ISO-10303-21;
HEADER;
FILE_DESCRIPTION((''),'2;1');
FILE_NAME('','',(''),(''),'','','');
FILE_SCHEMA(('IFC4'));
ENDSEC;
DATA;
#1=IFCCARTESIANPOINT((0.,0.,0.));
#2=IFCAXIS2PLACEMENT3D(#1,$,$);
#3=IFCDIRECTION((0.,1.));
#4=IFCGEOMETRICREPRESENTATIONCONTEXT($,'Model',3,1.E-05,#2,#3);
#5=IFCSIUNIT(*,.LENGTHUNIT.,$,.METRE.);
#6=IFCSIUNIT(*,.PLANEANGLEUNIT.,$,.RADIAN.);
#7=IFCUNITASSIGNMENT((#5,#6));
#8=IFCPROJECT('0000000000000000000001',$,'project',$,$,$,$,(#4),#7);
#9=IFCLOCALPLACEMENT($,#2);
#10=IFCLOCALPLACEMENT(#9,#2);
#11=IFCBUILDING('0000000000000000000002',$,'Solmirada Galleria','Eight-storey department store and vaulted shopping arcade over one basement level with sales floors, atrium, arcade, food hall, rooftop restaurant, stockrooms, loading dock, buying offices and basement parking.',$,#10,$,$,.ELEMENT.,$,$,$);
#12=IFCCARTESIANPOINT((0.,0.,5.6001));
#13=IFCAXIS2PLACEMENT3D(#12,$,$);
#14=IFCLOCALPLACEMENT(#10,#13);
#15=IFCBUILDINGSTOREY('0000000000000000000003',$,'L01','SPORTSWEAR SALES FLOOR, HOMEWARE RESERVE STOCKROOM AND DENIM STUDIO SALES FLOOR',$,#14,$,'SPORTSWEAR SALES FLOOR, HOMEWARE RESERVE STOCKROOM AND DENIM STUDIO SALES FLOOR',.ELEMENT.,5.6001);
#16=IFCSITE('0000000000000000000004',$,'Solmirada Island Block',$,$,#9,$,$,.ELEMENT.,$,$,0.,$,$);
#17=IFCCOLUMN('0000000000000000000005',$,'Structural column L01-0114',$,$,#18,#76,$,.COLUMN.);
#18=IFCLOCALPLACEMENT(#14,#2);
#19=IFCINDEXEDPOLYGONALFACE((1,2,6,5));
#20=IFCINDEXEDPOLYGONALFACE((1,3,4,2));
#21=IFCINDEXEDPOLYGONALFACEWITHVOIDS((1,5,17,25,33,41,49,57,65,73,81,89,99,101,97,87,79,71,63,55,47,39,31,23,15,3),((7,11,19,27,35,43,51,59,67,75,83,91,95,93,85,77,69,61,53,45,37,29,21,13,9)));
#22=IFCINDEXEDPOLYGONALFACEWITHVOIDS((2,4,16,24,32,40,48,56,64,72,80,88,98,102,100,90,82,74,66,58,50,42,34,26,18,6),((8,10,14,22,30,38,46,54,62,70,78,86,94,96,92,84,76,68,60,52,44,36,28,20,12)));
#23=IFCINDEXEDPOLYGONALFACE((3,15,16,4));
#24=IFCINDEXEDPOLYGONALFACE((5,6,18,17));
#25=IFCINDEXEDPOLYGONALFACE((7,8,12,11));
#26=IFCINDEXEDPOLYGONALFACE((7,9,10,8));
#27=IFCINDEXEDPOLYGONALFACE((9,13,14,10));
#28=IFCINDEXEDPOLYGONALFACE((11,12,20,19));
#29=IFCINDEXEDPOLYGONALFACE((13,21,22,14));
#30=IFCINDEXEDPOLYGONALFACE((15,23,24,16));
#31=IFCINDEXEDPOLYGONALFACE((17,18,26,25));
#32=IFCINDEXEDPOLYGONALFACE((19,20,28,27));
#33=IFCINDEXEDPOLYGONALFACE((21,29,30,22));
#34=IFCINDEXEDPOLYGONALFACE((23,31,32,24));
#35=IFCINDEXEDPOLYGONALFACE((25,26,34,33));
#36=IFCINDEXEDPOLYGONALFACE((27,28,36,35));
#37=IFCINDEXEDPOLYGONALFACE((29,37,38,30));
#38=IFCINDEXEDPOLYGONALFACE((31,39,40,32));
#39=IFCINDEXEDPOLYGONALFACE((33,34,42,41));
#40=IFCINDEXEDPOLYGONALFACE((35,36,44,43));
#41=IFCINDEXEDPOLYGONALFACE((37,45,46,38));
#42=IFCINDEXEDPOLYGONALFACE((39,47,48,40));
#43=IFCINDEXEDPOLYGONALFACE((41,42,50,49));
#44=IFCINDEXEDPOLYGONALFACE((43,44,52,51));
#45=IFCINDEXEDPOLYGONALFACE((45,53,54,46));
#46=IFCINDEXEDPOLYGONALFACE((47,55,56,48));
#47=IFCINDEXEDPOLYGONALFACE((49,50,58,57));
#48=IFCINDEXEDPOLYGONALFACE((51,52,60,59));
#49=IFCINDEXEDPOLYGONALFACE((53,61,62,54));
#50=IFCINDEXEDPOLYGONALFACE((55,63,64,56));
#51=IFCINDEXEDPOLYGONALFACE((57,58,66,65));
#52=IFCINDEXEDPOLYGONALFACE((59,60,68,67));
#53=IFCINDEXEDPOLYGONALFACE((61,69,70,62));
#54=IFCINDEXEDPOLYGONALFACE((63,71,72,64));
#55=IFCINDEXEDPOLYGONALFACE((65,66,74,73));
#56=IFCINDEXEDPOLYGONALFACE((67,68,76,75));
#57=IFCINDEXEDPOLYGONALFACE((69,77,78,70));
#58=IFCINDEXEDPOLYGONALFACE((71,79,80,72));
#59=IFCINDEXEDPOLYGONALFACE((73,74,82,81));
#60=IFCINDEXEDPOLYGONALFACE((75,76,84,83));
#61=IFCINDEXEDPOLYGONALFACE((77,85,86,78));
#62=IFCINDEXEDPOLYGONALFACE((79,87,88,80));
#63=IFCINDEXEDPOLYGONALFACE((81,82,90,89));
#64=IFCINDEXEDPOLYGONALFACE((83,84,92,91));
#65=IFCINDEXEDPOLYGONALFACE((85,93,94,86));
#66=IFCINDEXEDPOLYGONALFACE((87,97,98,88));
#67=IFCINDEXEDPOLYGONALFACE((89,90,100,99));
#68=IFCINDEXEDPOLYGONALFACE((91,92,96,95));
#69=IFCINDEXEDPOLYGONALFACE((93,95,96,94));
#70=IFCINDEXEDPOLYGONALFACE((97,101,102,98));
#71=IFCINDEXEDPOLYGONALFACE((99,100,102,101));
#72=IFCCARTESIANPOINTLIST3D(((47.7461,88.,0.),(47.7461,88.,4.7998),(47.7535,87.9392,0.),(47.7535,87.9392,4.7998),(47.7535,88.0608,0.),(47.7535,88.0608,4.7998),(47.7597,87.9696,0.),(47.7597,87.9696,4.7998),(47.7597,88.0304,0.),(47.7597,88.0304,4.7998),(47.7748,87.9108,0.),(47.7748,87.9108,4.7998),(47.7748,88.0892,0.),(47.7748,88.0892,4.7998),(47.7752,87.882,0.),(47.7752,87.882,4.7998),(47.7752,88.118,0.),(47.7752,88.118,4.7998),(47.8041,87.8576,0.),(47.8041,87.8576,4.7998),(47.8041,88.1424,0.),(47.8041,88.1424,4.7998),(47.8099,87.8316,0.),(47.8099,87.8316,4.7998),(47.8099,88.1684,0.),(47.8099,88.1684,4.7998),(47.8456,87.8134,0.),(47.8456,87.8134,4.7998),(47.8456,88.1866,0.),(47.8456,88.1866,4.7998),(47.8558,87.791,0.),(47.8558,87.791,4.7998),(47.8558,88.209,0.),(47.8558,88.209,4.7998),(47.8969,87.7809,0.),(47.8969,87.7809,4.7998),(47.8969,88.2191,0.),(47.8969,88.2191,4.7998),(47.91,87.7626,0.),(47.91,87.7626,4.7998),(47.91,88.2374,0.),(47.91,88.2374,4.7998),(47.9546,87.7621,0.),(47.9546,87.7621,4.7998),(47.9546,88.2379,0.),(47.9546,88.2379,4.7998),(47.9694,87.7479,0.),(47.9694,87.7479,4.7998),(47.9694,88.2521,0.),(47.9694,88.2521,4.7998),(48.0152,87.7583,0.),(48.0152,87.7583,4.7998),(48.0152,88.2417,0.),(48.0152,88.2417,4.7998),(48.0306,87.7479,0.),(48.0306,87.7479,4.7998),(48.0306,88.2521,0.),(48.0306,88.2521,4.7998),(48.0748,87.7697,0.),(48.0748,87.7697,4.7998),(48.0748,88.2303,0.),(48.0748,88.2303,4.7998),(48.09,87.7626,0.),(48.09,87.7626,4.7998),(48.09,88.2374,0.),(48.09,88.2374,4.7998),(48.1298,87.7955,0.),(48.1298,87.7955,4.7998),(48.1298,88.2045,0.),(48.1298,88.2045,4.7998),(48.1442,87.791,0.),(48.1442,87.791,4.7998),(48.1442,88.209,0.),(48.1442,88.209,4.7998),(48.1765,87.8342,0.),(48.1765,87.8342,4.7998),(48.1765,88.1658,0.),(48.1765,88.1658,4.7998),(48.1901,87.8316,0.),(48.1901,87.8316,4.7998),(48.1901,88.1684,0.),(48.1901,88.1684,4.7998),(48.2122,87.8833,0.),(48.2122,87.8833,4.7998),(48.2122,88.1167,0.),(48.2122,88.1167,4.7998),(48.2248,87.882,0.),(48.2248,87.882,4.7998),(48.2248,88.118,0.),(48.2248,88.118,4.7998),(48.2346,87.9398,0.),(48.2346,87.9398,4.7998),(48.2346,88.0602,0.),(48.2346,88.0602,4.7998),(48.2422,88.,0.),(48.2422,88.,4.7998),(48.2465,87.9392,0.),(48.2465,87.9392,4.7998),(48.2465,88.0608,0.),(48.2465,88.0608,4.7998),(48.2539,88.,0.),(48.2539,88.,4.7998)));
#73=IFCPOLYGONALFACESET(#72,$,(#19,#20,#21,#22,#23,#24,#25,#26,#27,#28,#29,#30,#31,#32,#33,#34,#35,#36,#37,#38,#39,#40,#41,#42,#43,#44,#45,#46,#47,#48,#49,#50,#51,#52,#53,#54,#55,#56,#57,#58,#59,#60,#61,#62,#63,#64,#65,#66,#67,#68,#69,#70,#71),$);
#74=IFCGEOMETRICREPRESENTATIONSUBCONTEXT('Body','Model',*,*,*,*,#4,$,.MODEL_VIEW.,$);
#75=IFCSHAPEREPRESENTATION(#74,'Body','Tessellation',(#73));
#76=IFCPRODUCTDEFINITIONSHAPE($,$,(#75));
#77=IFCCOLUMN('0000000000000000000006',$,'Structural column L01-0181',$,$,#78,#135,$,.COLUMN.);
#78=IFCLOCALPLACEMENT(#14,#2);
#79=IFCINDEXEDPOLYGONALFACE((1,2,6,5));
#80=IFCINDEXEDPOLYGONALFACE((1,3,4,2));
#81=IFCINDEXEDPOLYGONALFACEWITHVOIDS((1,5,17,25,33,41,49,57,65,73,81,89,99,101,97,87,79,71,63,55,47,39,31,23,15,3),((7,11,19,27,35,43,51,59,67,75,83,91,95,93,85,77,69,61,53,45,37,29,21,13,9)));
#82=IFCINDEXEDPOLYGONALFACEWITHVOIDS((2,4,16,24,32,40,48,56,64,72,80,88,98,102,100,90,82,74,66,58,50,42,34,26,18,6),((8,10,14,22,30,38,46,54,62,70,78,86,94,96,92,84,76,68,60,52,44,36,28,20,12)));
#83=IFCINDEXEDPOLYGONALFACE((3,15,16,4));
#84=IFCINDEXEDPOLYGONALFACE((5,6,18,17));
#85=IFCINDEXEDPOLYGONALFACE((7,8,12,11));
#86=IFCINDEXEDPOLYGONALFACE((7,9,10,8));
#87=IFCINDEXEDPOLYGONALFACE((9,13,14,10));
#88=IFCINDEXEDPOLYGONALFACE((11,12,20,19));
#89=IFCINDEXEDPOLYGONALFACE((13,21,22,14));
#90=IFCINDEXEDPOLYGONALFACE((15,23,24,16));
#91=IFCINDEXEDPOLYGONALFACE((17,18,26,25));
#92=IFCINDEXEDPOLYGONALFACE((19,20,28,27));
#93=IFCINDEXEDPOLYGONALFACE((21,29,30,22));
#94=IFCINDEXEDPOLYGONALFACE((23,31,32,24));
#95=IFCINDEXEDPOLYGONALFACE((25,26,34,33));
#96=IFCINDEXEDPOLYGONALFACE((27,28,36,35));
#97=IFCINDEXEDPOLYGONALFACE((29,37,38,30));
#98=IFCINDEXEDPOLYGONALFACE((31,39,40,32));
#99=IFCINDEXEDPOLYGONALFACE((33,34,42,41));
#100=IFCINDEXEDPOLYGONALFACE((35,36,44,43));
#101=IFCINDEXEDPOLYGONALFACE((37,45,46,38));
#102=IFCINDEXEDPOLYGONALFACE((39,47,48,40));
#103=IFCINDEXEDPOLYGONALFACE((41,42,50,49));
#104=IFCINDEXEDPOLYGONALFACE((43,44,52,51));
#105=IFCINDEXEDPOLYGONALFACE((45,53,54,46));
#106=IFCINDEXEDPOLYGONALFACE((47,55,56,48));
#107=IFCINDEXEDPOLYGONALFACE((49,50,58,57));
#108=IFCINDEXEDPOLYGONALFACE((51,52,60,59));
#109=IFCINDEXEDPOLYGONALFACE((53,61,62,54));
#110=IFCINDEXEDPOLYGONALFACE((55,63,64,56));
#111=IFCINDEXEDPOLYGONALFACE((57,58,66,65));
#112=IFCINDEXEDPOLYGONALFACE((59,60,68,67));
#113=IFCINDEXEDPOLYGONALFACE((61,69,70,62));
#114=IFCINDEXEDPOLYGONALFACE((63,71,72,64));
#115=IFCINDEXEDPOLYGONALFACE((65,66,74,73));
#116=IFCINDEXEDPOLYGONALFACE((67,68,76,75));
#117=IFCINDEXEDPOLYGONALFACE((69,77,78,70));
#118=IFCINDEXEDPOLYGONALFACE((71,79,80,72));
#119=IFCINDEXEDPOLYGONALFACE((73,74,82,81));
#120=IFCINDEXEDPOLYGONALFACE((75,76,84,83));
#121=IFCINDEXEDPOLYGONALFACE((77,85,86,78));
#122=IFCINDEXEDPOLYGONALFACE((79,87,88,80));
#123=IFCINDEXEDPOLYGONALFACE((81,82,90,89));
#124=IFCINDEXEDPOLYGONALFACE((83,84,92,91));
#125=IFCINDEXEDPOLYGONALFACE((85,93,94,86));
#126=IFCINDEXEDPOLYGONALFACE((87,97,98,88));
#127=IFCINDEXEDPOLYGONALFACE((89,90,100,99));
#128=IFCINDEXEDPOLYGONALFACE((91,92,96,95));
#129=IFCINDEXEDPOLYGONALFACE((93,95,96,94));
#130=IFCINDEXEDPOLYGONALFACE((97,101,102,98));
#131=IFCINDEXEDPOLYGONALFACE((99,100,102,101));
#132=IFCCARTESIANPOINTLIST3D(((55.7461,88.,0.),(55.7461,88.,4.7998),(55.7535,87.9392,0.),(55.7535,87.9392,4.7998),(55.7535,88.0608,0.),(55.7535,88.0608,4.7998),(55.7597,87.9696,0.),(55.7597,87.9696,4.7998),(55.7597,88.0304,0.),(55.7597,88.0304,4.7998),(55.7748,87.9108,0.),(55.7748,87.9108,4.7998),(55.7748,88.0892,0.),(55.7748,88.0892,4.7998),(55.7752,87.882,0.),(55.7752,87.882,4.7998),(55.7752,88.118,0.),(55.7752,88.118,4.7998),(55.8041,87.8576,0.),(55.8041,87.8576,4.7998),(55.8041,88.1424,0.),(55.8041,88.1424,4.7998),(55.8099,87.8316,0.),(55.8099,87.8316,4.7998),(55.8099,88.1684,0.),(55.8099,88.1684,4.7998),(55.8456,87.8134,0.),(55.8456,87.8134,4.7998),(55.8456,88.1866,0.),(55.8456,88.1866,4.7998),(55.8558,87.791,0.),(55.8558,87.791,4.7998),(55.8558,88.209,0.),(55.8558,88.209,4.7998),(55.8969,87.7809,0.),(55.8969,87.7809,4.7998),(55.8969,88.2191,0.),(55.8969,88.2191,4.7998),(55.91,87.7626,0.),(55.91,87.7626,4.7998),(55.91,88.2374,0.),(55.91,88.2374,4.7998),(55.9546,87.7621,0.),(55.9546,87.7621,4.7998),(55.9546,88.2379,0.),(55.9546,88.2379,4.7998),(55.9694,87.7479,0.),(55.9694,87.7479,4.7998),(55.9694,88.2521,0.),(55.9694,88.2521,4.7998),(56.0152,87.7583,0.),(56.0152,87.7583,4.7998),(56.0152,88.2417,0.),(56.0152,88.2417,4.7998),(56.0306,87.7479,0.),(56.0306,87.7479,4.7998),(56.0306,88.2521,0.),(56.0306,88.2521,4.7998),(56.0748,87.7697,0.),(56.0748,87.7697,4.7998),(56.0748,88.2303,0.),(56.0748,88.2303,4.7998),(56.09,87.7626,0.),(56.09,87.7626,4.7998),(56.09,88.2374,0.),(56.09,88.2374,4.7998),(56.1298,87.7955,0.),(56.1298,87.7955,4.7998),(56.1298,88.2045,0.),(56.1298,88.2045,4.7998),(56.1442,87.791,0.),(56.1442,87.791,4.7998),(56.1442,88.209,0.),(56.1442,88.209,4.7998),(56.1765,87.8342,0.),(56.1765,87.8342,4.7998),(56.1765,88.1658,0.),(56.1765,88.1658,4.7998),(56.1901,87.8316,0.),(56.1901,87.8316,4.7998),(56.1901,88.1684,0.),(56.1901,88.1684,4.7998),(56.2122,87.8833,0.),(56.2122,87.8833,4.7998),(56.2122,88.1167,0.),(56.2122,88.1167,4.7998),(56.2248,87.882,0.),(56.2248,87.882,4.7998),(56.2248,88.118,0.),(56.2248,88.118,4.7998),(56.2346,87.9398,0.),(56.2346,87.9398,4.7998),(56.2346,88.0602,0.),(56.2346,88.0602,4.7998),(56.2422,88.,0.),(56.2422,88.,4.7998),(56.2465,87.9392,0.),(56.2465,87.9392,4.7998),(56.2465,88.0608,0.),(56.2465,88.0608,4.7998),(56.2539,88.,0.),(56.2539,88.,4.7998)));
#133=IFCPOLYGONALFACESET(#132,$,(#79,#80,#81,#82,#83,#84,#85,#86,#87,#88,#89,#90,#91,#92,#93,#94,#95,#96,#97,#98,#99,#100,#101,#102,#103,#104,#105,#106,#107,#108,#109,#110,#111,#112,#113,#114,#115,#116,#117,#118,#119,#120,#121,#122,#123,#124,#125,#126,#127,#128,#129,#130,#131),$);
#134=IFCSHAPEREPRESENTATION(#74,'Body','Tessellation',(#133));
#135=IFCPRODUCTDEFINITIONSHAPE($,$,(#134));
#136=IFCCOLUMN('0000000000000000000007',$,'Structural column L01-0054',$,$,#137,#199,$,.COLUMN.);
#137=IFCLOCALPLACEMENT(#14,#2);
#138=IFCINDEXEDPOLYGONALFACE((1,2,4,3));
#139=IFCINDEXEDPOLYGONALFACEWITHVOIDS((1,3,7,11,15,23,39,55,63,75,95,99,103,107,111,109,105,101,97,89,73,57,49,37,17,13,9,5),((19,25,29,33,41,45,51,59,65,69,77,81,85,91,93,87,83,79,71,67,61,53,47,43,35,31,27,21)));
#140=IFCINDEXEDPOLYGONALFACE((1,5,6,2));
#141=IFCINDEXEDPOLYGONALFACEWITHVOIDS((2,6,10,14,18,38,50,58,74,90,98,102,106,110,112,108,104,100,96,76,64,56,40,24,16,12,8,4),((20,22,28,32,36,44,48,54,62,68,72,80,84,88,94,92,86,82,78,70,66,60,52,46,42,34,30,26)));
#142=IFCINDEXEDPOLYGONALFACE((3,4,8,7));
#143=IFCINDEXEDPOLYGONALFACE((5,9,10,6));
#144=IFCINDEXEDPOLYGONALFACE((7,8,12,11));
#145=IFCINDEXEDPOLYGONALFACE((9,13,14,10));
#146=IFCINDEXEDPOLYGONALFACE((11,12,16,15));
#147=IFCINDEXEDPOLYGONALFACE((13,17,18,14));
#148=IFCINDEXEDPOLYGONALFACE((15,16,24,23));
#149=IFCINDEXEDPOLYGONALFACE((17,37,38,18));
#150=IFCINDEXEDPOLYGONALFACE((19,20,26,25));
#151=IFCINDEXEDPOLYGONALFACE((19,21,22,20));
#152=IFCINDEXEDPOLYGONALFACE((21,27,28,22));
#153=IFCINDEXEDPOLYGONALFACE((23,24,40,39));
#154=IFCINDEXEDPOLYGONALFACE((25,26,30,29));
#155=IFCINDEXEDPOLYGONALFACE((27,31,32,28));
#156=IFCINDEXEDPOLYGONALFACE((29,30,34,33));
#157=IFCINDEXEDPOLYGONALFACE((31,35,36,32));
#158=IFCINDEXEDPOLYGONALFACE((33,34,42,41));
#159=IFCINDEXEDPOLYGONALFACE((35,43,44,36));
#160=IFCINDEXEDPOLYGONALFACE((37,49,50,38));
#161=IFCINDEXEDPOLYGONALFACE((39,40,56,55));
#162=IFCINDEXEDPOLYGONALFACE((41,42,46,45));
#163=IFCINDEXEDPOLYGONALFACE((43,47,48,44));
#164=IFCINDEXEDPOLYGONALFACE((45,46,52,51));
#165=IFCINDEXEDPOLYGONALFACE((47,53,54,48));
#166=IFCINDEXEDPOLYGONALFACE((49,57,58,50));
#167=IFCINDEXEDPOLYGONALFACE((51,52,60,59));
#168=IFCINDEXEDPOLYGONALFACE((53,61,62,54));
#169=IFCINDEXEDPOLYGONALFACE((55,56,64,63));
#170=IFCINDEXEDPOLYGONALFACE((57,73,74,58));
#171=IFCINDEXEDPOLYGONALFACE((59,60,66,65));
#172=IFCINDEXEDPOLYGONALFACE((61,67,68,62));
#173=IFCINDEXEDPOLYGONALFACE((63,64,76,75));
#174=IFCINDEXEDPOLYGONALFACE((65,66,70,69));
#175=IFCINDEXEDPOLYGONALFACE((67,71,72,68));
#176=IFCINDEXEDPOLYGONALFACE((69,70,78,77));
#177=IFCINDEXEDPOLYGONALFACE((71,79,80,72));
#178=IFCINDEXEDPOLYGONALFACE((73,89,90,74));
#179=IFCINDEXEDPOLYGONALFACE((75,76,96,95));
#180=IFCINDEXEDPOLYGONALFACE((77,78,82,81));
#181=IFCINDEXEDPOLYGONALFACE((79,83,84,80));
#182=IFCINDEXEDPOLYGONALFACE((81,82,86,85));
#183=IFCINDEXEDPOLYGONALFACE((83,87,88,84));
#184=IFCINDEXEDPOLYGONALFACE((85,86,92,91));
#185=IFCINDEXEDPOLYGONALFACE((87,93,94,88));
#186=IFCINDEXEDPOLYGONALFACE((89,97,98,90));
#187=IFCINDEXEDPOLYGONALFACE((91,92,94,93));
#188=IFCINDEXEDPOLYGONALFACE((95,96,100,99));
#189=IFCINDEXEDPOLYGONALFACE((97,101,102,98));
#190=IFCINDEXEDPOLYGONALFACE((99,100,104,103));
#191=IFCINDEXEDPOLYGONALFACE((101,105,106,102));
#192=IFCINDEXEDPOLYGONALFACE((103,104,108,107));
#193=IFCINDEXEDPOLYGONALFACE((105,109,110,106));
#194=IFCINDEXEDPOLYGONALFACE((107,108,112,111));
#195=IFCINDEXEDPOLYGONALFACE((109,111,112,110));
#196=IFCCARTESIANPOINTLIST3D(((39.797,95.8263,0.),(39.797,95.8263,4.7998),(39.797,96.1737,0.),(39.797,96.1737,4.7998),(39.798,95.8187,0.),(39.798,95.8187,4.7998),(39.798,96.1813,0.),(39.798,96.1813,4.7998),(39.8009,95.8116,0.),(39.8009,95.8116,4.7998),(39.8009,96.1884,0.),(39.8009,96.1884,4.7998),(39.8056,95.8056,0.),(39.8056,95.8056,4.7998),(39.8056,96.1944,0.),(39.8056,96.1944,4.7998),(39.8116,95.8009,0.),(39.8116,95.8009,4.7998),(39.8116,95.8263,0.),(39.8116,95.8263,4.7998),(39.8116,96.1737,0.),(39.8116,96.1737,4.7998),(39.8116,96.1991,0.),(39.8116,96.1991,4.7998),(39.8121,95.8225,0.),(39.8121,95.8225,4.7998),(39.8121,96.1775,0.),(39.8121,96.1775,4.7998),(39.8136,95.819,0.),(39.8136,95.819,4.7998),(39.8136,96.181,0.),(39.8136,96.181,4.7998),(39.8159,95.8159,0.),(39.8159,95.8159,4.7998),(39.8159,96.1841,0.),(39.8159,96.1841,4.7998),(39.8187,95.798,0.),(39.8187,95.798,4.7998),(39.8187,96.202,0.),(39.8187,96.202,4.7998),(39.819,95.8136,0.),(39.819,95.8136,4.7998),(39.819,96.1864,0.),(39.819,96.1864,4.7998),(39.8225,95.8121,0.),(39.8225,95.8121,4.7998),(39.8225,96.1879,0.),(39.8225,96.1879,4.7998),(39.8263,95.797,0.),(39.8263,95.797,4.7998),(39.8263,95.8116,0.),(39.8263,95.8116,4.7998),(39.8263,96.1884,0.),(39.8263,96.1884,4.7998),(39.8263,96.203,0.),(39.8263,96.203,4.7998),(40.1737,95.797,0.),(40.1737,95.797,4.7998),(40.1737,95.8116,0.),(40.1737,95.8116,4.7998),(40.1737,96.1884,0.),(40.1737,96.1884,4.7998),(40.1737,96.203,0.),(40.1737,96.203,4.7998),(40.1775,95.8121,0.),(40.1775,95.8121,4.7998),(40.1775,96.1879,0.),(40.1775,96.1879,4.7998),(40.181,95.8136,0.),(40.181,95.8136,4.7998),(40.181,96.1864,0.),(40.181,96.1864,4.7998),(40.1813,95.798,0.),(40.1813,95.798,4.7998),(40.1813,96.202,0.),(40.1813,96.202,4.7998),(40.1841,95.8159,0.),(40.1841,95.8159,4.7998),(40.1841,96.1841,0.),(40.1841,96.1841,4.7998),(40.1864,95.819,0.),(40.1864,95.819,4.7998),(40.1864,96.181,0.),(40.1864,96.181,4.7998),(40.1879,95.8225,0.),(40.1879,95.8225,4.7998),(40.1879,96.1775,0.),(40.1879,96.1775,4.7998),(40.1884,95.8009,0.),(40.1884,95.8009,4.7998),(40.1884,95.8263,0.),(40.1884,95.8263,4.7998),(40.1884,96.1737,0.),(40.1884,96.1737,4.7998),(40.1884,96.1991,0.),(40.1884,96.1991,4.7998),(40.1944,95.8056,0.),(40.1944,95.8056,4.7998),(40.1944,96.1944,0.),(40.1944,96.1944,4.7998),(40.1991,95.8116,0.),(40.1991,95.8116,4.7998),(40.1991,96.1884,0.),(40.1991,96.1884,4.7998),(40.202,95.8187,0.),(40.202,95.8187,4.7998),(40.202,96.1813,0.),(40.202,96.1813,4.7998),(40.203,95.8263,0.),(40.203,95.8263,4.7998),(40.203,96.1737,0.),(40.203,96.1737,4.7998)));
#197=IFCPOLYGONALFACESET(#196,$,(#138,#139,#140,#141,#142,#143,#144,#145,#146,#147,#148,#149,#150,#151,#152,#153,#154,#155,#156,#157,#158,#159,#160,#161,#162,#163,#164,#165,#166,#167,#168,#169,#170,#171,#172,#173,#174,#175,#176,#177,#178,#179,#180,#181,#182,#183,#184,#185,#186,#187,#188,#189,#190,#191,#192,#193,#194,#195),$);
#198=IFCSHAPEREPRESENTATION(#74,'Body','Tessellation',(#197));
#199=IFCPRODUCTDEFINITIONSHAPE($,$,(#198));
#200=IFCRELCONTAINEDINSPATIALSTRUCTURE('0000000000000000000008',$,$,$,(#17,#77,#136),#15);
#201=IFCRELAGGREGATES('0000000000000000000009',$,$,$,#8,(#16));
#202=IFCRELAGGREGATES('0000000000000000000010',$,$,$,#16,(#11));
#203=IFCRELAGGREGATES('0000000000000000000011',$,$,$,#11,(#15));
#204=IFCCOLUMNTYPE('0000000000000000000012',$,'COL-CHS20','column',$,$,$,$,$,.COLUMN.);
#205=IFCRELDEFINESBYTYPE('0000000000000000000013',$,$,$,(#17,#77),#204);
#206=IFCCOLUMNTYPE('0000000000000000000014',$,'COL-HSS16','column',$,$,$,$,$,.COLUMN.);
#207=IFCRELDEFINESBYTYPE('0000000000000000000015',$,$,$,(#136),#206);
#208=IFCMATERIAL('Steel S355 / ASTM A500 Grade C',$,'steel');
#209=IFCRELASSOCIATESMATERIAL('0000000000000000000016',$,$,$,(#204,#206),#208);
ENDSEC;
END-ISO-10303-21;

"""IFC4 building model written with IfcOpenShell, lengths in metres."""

from ifc_helpers import new_model, si_unit, direction, frame, origin, origin_2d, place, context, subcontext, project, spatial, hollow_rectangle, hollow_circle, extrude, material, material_profile, profile_set, type_object, element, save


model = new_model("IFC4")

# Units and contexts
model_context = context("Model", 3, precision=1e-05, world=origin(), true_north=direction((0.0, 1.0)))
body_context = subcontext(model_context, "Body", "Model", "MODEL_VIEW")
ifc_project = project(units=[si_unit("LENGTHUNIT", "METRE"), si_unit("PLANEANGLEUNIT", "RADIAN")], contexts=[model_context])

# Site, building, storey
site_placement = place(None, origin())
site = spatial("IfcSite", under=ifc_project, at=site_placement, Name="Solmirada Island Block", CompositionType="ELEMENT", RefElevation=0.0)
building_placement = place(site_placement, origin())
building = spatial("IfcBuilding", under=site, at=building_placement, Name="Solmirada Galleria", Description="Eight-storey department store and vaulted shopping arcade over one basement level with sales floors, atrium, arcade, food hall, rooftop restaurant, stockrooms, loading dock, buying offices and basement parking.", CompositionType="ELEMENT")
storey_placement = place(building_placement, frame((0.0, 0.0, 5.6001)))
storey = spatial("IfcBuildingStorey", under=building, at=storey_placement, Name="L01", Description="SPORTSWEAR SALES FLOOR, HOMEWARE RESERVE STOCKROOM AND DENIM STUDIO SALES FLOOR", LongName="SPORTSWEAR SALES FLOOR, HOMEWARE RESERVE STOCKROOM AND DENIM STUDIO SALES FLOOR", CompositionType="ELEMENT", Elevation=5.6001)

# Columns
ifc_material_1 = material(Name="Steel S355 / ASTM A500 Grade C", Category="steel")
ifc_material_profile_1 = material_profile(ifc_material_1, hollow_circle(Radius=0.2539, WallThickness=0.0117, at=origin_2d()), Name="HSS20.000X0.500")
ifc_profile_set_1 = profile_set([ifc_material_profile_1], Name="Steel S355 / ASTM A500 Grade C")
column_type_1 = type_object("IfcColumnType", Name="COL-CHS20", Description="column", PredefinedType="COLUMN", material=ifc_profile_set_1)
for number, where, z_axis, x_axis, name in (
    (1, (48.0, 88.0, 0.0), (0.0, 0.0, 1.0), (1.0, 0.0, 0.0), "Structural column L01-0114"),
    (2, (56.0, 88.0, 0.0), (0.0, 0.0, 1.0), (1.0, 0.0, 0.0), "Structural column L01-0181"),
):
    element("IfcColumn", number, at=place(storey_placement, frame(where, z_axis=z_axis, x_axis=x_axis)), inside=storey, type_object=column_type_1, Name=name, PredefinedType="COLUMN", context=body_context, shape_type="SweptSolid", body=[
        extrude(hollow_circle(Radius=0.2539, WallThickness=0.0117, at=origin_2d()), origin(), (0.0, 0.0, 1.0), 4.7998),
    ])
ifc_material_profile_2 = material_profile(ifc_material_1, hollow_rectangle(XDim=0.406, YDim=0.406, WallThickness=0.0146, InnerFilletRadius=0.0146, OuterFilletRadius=0.0293, at=origin_2d()), Name="HSS16X16X5/8")
ifc_profile_set_2 = profile_set([ifc_material_profile_2], Name="Steel S355 / ASTM A500 Grade C")
column_type_2 = type_object("IfcColumnType", Name="COL-HSS16", Description="column", PredefinedType="COLUMN", material=ifc_profile_set_2)
column_1_placement = place(storey_placement, frame((40.0, 96.0, 0.0), z_axis=(0.0, 0.0, 1.0), x_axis=(1.0, 0.0, 0.0)))
element("IfcColumn", 3, at=column_1_placement, inside=storey, type_object=column_type_2, Name="Structural column L01-0054", PredefinedType="COLUMN", context=body_context, shape_type="SweptSolid", body=[
    extrude(hollow_rectangle(XDim=0.406, YDim=0.406, WallThickness=0.0146, InnerFilletRadius=0.0146, OuterFilletRadius=0.0293, at=origin_2d()), origin(), (0.0, 0.0, 1.0), 4.7998),
])

save(model, "model.ifc")
